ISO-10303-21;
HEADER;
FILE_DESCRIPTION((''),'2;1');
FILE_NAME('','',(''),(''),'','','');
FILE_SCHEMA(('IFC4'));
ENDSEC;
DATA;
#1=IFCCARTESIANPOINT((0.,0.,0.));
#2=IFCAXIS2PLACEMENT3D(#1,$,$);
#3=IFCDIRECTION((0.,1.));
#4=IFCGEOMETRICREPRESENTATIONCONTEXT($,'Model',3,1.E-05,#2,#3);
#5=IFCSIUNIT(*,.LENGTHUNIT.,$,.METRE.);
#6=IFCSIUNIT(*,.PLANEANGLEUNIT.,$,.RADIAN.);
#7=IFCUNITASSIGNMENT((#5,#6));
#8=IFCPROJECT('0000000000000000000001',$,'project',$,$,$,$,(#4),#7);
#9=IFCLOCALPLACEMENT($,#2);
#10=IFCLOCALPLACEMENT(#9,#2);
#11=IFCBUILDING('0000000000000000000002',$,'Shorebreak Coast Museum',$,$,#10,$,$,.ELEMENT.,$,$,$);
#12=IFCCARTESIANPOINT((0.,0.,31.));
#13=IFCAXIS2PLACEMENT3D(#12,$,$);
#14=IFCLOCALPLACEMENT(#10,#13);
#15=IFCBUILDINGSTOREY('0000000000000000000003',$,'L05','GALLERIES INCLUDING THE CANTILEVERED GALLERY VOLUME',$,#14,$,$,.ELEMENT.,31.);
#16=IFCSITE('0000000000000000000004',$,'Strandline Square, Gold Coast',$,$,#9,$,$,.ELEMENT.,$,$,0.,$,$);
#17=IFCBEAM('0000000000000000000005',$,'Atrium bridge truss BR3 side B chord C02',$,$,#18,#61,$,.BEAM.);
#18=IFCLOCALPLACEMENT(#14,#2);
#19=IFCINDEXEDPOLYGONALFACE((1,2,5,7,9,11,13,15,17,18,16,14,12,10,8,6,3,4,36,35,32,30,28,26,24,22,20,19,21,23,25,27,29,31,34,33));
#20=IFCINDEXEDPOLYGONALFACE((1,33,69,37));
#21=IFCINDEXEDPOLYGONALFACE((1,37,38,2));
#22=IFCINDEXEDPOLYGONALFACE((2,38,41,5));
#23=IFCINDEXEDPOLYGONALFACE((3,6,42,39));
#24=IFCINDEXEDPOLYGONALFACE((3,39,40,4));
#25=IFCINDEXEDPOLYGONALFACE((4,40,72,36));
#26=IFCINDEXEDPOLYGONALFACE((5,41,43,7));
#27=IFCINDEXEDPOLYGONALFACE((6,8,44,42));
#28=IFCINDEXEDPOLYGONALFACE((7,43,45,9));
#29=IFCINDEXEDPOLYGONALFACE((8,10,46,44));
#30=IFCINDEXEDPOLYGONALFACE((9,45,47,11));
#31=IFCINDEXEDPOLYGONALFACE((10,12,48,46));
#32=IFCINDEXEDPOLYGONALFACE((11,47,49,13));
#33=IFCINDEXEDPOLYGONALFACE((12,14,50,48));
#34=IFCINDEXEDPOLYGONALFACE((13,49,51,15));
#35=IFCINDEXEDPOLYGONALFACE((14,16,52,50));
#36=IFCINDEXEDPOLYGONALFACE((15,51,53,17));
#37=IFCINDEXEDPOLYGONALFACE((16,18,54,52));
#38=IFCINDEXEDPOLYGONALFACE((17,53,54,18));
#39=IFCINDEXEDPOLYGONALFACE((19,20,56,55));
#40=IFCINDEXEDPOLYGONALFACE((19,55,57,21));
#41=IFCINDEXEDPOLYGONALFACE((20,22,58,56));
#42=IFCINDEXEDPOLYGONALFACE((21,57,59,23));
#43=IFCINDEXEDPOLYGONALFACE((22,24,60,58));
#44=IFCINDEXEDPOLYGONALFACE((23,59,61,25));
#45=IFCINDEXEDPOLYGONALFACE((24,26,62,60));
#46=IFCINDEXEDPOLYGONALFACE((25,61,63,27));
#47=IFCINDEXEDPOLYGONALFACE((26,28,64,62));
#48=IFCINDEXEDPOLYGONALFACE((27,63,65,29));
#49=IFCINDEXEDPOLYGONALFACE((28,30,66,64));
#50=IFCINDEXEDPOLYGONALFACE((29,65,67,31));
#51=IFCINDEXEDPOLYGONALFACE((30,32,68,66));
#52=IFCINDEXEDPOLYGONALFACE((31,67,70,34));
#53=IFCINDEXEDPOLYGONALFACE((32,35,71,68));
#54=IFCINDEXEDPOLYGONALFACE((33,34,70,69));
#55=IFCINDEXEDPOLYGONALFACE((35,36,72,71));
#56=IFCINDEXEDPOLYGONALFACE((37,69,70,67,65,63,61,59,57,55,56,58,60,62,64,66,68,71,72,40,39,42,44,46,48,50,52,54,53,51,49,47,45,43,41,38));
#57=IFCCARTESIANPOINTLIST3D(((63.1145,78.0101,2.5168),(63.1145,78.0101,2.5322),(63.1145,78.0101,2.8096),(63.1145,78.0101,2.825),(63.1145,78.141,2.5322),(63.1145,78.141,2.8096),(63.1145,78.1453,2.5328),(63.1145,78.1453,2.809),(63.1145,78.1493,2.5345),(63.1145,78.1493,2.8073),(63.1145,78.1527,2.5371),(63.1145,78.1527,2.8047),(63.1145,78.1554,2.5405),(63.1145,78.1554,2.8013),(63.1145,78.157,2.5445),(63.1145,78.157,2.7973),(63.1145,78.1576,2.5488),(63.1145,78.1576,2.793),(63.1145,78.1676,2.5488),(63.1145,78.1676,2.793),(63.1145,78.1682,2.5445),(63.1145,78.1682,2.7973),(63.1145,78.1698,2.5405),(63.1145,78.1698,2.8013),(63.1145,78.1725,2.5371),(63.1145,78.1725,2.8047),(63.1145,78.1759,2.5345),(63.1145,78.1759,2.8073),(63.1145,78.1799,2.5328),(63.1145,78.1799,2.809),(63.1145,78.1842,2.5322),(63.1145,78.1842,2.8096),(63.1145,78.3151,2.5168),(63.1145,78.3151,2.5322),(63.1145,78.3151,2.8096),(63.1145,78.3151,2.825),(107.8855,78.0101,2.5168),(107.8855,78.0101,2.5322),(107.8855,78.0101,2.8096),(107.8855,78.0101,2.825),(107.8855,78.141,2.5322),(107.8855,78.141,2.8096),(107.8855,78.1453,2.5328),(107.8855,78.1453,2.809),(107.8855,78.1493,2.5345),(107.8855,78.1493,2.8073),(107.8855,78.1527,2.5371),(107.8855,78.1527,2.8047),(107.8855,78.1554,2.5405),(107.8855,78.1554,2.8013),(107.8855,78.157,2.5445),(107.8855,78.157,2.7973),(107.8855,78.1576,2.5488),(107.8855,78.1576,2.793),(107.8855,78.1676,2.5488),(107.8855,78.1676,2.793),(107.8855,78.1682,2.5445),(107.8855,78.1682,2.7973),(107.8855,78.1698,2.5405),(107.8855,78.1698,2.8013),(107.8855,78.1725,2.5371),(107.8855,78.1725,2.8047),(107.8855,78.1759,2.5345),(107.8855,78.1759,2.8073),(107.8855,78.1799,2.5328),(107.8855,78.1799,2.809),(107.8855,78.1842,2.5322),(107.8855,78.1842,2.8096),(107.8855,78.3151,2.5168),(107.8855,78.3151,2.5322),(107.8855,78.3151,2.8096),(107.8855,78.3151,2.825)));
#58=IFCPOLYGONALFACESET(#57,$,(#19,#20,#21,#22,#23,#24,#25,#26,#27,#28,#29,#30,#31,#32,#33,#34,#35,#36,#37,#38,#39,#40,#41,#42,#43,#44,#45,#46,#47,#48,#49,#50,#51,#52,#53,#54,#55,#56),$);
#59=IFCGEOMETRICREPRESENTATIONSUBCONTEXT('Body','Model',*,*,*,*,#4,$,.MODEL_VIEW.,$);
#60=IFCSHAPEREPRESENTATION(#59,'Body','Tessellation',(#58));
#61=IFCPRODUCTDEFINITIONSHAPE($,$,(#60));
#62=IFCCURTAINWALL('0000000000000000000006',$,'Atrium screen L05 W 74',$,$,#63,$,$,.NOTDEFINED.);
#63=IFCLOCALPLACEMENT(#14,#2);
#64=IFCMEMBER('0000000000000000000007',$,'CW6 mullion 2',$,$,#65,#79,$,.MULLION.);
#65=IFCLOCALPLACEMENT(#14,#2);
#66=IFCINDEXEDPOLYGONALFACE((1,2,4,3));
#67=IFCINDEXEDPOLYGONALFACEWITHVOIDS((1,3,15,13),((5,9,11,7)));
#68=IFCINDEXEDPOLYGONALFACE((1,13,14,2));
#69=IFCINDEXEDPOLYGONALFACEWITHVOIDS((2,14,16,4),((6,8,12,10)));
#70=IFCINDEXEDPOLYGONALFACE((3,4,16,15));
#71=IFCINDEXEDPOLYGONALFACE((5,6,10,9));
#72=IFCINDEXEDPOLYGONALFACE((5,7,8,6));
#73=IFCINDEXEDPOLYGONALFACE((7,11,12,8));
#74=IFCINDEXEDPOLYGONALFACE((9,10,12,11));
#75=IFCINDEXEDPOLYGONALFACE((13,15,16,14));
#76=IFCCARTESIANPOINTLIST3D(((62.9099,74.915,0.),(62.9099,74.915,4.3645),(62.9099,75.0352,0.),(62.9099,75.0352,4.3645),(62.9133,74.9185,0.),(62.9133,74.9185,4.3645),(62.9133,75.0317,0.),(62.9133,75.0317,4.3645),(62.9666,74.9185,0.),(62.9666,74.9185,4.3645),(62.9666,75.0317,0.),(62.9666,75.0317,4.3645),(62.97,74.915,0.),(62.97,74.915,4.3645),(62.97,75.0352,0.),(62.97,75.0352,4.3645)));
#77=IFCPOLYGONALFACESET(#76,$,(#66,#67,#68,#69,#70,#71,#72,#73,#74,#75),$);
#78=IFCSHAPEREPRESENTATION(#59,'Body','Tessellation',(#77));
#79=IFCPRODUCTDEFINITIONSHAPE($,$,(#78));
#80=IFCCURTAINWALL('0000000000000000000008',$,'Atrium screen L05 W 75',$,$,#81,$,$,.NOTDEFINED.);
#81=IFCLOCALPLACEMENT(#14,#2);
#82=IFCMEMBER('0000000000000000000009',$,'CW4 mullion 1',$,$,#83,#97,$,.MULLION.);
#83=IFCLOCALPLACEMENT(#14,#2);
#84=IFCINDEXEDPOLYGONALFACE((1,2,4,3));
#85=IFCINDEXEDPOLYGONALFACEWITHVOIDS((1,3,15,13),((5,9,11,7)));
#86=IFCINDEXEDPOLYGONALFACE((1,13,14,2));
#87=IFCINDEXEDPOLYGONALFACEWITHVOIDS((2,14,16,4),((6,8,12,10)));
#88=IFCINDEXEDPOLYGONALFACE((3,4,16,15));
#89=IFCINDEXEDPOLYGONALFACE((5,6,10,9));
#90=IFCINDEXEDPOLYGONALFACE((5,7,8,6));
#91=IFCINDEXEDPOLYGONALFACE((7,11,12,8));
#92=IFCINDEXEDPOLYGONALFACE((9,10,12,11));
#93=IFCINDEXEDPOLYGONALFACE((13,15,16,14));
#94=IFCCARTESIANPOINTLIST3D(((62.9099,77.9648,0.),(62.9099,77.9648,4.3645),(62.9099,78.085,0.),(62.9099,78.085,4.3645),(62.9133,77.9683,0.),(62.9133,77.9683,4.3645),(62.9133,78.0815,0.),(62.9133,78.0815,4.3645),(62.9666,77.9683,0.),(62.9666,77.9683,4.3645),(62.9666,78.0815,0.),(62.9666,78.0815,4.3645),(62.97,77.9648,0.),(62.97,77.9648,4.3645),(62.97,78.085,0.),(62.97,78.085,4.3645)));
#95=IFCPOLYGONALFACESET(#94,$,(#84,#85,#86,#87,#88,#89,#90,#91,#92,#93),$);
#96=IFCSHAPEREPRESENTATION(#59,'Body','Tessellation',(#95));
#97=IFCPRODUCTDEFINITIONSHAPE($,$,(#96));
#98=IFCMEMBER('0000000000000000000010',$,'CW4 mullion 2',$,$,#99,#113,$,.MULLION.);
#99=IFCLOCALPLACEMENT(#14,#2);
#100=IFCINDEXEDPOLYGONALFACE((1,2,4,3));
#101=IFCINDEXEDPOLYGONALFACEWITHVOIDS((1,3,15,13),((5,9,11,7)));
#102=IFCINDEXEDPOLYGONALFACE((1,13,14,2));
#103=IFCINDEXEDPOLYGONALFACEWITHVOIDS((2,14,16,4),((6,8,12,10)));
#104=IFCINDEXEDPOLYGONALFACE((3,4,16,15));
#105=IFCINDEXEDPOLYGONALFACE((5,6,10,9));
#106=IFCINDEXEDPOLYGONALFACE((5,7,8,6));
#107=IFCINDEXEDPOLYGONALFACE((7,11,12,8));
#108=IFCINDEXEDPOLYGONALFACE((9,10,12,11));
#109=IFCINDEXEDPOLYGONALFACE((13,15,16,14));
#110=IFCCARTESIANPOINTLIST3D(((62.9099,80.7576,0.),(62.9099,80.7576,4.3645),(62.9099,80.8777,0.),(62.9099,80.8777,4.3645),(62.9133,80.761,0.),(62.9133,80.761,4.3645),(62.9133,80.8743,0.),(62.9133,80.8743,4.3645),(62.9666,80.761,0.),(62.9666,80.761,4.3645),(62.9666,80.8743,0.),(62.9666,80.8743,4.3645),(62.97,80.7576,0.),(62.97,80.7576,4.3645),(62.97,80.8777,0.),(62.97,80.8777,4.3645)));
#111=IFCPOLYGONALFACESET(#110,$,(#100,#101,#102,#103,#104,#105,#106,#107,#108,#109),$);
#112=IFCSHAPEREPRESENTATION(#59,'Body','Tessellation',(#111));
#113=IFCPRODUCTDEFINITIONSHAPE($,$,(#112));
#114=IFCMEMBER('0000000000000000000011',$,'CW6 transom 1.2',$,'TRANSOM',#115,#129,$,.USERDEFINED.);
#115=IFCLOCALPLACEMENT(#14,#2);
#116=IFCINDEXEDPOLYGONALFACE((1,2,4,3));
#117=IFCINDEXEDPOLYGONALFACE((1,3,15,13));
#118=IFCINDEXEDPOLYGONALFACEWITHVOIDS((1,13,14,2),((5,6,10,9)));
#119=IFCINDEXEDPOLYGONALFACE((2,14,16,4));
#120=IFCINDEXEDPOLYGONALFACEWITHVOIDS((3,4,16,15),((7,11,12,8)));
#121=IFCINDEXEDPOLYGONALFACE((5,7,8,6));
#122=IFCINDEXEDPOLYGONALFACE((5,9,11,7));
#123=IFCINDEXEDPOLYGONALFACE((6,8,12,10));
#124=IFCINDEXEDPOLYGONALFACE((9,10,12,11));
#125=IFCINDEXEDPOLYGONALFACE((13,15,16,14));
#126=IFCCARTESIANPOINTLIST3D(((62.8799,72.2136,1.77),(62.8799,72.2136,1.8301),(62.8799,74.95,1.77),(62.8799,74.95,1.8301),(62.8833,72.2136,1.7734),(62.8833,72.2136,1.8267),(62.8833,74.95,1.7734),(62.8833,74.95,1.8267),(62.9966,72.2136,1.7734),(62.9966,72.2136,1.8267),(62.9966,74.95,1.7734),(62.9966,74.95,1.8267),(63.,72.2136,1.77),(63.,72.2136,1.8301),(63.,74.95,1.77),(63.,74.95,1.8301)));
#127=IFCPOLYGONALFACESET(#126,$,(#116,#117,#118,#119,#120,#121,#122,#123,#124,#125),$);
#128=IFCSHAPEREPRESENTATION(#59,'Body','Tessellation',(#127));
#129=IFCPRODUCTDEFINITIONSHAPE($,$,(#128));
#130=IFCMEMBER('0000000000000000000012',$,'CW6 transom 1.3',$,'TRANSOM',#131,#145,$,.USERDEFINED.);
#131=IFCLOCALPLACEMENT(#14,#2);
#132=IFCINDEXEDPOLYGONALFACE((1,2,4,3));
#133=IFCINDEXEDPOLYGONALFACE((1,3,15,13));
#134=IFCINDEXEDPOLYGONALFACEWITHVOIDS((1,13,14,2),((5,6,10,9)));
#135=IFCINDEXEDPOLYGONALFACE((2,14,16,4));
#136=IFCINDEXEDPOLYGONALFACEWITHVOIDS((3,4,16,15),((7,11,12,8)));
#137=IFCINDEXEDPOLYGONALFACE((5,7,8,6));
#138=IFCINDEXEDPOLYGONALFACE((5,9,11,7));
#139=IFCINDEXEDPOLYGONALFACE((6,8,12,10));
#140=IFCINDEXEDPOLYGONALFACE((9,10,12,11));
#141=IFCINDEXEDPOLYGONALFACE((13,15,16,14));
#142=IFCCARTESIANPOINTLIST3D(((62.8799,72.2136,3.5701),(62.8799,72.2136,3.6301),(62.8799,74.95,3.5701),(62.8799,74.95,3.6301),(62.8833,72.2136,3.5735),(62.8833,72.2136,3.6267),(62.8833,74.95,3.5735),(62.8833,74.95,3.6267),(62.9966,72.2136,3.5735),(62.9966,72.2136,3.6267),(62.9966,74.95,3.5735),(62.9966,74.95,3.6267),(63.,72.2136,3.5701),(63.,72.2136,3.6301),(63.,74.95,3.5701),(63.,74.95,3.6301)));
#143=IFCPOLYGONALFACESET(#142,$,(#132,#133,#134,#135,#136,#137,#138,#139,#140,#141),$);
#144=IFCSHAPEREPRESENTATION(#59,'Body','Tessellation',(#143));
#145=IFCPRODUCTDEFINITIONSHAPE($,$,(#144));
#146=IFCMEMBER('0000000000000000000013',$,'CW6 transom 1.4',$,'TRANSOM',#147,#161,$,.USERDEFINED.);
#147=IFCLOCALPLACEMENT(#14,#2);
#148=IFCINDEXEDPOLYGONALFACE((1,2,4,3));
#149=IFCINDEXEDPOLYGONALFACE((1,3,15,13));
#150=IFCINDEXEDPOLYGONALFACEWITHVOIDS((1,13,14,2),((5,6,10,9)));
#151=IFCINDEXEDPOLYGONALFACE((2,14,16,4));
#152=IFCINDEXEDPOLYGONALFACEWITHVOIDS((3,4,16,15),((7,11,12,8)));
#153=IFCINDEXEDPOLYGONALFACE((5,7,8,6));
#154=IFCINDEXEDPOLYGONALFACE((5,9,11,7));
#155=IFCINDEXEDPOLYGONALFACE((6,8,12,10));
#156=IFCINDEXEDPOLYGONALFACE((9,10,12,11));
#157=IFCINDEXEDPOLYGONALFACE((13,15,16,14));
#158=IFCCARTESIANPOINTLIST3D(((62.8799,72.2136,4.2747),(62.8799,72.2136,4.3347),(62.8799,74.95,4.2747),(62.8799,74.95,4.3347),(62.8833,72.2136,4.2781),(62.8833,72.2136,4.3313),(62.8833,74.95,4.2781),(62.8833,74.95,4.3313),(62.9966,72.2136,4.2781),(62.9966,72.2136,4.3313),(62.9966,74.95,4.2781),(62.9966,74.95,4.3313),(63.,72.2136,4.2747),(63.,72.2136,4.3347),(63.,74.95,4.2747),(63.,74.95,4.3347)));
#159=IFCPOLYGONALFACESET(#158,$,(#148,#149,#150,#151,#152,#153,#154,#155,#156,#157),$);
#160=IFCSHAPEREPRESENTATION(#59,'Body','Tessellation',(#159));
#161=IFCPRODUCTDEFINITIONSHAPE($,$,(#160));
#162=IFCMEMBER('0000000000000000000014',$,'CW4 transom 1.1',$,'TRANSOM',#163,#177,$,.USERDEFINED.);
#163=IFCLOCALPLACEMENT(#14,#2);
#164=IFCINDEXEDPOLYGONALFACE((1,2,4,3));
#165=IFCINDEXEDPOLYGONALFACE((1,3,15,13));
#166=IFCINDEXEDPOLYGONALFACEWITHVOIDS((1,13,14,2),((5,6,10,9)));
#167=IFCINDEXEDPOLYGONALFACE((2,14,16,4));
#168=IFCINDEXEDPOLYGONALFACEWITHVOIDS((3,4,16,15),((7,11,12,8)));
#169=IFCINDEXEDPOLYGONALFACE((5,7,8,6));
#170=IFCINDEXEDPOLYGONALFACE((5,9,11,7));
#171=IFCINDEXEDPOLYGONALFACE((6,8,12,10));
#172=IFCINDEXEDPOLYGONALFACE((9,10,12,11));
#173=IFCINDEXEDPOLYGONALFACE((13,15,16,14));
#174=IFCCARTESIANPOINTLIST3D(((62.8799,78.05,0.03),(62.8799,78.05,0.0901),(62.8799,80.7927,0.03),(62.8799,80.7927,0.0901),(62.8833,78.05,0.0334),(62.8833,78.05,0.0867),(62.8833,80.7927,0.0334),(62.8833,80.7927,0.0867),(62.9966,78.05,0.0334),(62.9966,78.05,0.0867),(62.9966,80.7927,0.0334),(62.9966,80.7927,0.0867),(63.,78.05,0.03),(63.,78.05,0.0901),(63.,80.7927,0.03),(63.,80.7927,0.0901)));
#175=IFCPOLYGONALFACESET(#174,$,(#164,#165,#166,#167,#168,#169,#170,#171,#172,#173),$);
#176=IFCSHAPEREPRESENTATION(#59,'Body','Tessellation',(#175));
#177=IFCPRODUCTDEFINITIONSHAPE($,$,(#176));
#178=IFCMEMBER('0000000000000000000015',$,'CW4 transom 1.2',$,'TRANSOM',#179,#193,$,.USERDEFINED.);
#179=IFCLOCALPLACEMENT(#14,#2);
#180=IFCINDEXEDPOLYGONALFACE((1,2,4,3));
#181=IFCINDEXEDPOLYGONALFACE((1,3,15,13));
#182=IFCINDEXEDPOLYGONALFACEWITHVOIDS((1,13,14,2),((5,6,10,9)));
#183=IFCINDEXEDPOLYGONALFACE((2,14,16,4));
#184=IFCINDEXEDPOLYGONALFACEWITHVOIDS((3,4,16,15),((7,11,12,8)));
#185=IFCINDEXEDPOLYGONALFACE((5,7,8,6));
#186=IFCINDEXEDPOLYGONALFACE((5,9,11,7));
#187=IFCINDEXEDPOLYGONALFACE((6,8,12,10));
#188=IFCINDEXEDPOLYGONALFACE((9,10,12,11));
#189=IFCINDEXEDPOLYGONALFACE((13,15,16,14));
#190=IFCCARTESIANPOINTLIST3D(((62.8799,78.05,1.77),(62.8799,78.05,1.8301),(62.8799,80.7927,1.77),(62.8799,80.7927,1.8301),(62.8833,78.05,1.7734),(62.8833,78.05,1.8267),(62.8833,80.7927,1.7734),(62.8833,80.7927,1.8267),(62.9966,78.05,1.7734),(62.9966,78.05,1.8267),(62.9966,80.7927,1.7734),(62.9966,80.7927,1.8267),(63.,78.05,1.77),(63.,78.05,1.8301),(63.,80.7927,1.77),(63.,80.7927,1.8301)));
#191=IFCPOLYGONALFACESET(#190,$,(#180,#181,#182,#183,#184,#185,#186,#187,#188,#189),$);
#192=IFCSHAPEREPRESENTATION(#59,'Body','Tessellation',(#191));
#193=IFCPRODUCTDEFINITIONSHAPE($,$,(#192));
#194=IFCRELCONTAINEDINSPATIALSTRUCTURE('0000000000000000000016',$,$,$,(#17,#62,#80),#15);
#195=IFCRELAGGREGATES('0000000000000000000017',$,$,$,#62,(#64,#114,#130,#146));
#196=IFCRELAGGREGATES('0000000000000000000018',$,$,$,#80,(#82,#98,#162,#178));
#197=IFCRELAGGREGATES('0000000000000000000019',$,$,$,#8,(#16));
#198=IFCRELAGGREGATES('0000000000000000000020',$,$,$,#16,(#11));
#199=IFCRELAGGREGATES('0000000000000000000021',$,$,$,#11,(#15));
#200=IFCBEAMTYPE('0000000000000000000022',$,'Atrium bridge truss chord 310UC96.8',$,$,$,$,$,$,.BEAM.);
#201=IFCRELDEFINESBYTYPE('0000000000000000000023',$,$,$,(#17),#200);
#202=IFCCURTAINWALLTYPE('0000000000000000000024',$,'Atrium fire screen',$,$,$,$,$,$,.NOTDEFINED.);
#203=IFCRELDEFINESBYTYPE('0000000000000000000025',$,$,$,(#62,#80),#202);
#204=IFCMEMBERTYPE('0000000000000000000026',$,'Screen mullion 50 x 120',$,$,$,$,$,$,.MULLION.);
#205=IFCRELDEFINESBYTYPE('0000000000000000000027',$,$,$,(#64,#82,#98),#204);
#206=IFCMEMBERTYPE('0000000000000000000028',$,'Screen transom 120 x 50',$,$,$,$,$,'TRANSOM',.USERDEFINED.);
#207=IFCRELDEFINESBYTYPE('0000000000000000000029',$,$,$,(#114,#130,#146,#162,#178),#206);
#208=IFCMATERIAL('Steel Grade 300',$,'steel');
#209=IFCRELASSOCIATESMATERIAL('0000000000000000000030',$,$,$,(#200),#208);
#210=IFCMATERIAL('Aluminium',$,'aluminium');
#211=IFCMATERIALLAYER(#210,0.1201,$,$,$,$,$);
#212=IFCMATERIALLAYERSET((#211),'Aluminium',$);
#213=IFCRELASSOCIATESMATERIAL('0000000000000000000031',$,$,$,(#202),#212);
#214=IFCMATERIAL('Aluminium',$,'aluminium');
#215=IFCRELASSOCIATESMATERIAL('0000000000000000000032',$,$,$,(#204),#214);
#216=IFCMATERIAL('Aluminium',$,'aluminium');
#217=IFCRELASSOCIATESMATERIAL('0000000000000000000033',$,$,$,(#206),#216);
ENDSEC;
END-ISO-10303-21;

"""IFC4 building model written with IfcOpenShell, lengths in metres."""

from ifc_helpers import new_model, si_unit, direction, frame, origin, origin_2d, place, context, subcontext, project, spatial, hollow_rectangle, i_section, extrude, material, layer, layer_set, material_profile, profile_set, type_object, element, aggregate, save


model = new_model("IFC4")

# Units and contexts
model_context = context("Model", 3, precision=1e-05, world=origin(), true_north=direction((0.0, 1.0)))
body_context = subcontext(model_context, "Body", "Model", "MODEL_VIEW")
ifc_project = project(units=[si_unit("LENGTHUNIT", "METRE"), si_unit("PLANEANGLEUNIT", "RADIAN")], contexts=[model_context])

# Site, building, storey
site_placement = place(None, origin())
site = spatial("IfcSite", under=ifc_project, at=site_placement, Name="Strandline Square, Gold Coast", CompositionType="ELEMENT", RefElevation=0.0)
building_placement = place(site_placement, origin())
building = spatial("IfcBuilding", under=site, at=building_placement, Name="Shorebreak Coast Museum", CompositionType="ELEMENT")
storey_placement = place(building_placement, frame((0.0, 0.0, 31.0)))
storey = spatial("IfcBuildingStorey", under=building, at=storey_placement, Name="L05", Description="GALLERIES INCLUDING THE CANTILEVERED GALLERY VOLUME", CompositionType="ELEMENT", Elevation=31.0)

# Beam
ifc_material_1 = material(Name="Steel Grade 300", Category="steel")
ifc_material_profile_1 = material_profile(ifc_material_1, i_section(OverallWidth=0.3049, OverallDepth=0.3081, WebThickness=0.01, FlangeThickness=0.0154, FilletRadius=0.0166, at=origin_2d()), Name="310UC96.8")
ifc_profile_set_1 = profile_set([ifc_material_profile_1], Name="Steel Grade 300")
beam_type = type_object("IfcBeamType", Name="Atrium bridge truss chord 310UC96.8", PredefinedType="BEAM", material=ifc_profile_set_1)
for number, where, z_axis, x_axis, name in (
    (1, (63.1145, 78.1626, 2.6709), (1.0, 0.0, 0.0), (0.0, 1.0, 0.0), "Atrium bridge truss BR3 side B chord C02"),
):
    element("IfcBeam", number, at=place(storey_placement, frame(where, z_axis=z_axis, x_axis=x_axis)), inside=storey, type_object=beam_type, Name=name, PredefinedType="BEAM", context=body_context, shape_type="SweptSolid", body=[
        extrude(i_section(OverallWidth=0.3049, OverallDepth=0.3081, WebThickness=0.01, FlangeThickness=0.0154, FilletRadius=0.0166, at=origin_2d()), origin(), (0.0, 0.0, 1.0), 44.771),
    ])

# Curtain wall, member
ifc_material_2 = material(Name="Aluminium", Category="aluminium")
ifc_layer_1 = layer(ifc_material_2, 0.1201)
ifc_layer_set_1 = layer_set([ifc_layer_1], Name="Aluminium")
curtain_wall_type = type_object("IfcCurtainWallType", Name="Atrium fire screen", PredefinedType="NOTDEFINED", material=ifc_layer_set_1)
curtain_wall_1_placement = place(storey_placement, origin())
curtain_wall_1 = element("IfcCurtainWall", 2, at=curtain_wall_1_placement, inside=storey, type_object=curtain_wall_type, Name="Atrium screen L05 W 74", PredefinedType="NOTDEFINED")
ifc_material_3 = material(Name="Aluminium", Category="aluminium")
ifc_material_profile_2 = material_profile(ifc_material_3, hollow_rectangle(XDim=0.0601, YDim=0.1201, WallThickness=0.0034, at=origin_2d()), Name="AL 120x60 RHS")
ifc_profile_set_2 = profile_set([ifc_material_profile_2], Name="Aluminium")
member_type_1 = type_object("IfcMemberType", Name="Screen mullion 50 x 120", PredefinedType="MULLION", material=ifc_profile_set_2)
member_1_placement = place(storey_placement, frame((62.9399, 74.9751, 0.0), z_axis=(0.0, 0.0, 1.0), x_axis=(-1.0, 0.0, 0.0)))
member_1 = element("IfcMember", 3, at=member_1_placement, type_object=member_type_1, Name="CW6 mullion 2", PredefinedType="MULLION", context=body_context, shape_type="SweptSolid", body=[
    extrude(hollow_rectangle(XDim=0.0601, YDim=0.1201, WallThickness=0.0034, at=origin_2d()), origin(), (0.0, 0.0, 1.0), 4.3645),
])

# Curtain wall, members
curtain_wall_2_placement = place(storey_placement, origin())
curtain_wall_2 = element("IfcCurtainWall", 4, at=curtain_wall_2_placement, inside=storey, type_object=curtain_wall_type, Name="Atrium screen L05 W 75", PredefinedType="NOTDEFINED")
member_2_placement = place(storey_placement, frame((62.9399, 78.0249, 0.0), z_axis=(0.0, 0.0, 1.0), x_axis=(-1.0, 0.0, 0.0)))
member_2 = element("IfcMember", 5, at=member_2_placement, type_object=member_type_1, Name="CW4 mullion 1", PredefinedType="MULLION", context=body_context, shape_type="SweptSolid", body=[
    extrude(hollow_rectangle(XDim=0.0601, YDim=0.1201, WallThickness=0.0034, at=origin_2d()), origin(), (0.0, 0.0, 1.0), 4.3645),
])
member_3_placement = place(storey_placement, frame((62.9399, 80.8176, 0.0), z_axis=(0.0, 0.0, 1.0), x_axis=(-1.0, 0.0, 0.0)))
member_3 = element("IfcMember", 6, at=member_3_placement, type_object=member_type_1, Name="CW4 mullion 2", PredefinedType="MULLION", context=body_context, shape_type="SweptSolid", body=[
    extrude(hollow_rectangle(XDim=0.0601, YDim=0.1201, WallThickness=0.0034, at=origin_2d()), origin(), (0.0, 0.0, 1.0), 4.3645),
])

# Members
ifc_material_4 = material(Name="Aluminium", Category="aluminium")
ifc_material_profile_3 = material_profile(ifc_material_4, hollow_rectangle(XDim=0.1201, YDim=0.0601, WallThickness=0.0034, at=origin_2d()), Name="AL 60x120 RHS")
ifc_profile_set_3 = profile_set([ifc_material_profile_3], Name="Aluminium")
member_type_2 = type_object("IfcMemberType", Name="Screen transom 120 x 50", ElementType="TRANSOM", PredefinedType="USERDEFINED", material=ifc_profile_set_3)
member_4_placement = place(storey_placement, frame((62.9399, 72.2136, 1.8), z_axis=(0.0, 1.0, 0.0), x_axis=(-1.0, 0.0, 0.0)))
member_4 = element("IfcMember", 7, at=member_4_placement, type_object=member_type_2, Name="CW6 transom 1.2", ObjectType="TRANSOM", PredefinedType="USERDEFINED", context=body_context, shape_type="SweptSolid", body=[
    extrude(hollow_rectangle(XDim=0.1201, YDim=0.0601, WallThickness=0.0034, at=origin_2d()), origin(), (0.0, 0.0, 1.0), 2.7363),
])
member_5_placement = place(storey_placement, frame((62.9399, 72.2136, 3.6001), z_axis=(0.0, 1.0, 0.0), x_axis=(-1.0, 0.0, 0.0)))
member_5 = element("IfcMember", 8, at=member_5_placement, type_object=member_type_2, Name="CW6 transom 1.3", ObjectType="TRANSOM", PredefinedType="USERDEFINED", context=body_context, shape_type="SweptSolid", body=[
    extrude(hollow_rectangle(XDim=0.1201, YDim=0.0601, WallThickness=0.0034, at=origin_2d()), origin(), (0.0, 0.0, 1.0), 2.7363),
])
member_6_placement = place(storey_placement, frame((62.9399, 72.2136, 4.3047), z_axis=(0.0, 1.0, 0.0), x_axis=(-1.0, 0.0, 0.0)))
member_6 = element("IfcMember", 9, at=member_6_placement, type_object=member_type_2, Name="CW6 transom 1.4", ObjectType="TRANSOM", PredefinedType="USERDEFINED", context=body_context, shape_type="SweptSolid", body=[
    extrude(hollow_rectangle(XDim=0.1201, YDim=0.0601, WallThickness=0.0034, at=origin_2d()), origin(), (0.0, 0.0, 1.0), 2.7363),
])
member_7_placement = place(storey_placement, frame((62.9399, 78.05, 0.0601), z_axis=(0.0, 1.0, 0.0), x_axis=(-1.0, 0.0, 0.0)))
member_7 = element("IfcMember", 10, at=member_7_placement, type_object=member_type_2, Name="CW4 transom 1.1", ObjectType="TRANSOM", PredefinedType="USERDEFINED", context=body_context, shape_type="SweptSolid", body=[
    extrude(hollow_rectangle(XDim=0.1201, YDim=0.0601, WallThickness=0.0034, at=origin_2d()), origin(), (0.0, 0.0, 1.0), 2.7427),
])
member_8_placement = place(storey_placement, frame((62.9399, 78.05, 1.8), z_axis=(0.0, 1.0, 0.0), x_axis=(-1.0, 0.0, 0.0)))
member_8 = element("IfcMember", 11, at=member_8_placement, type_object=member_type_2, Name="CW4 transom 1.2", ObjectType="TRANSOM", PredefinedType="USERDEFINED", context=body_context, shape_type="SweptSolid", body=[
    extrude(hollow_rectangle(XDim=0.1201, YDim=0.0601, WallThickness=0.0034, at=origin_2d()), origin(), (0.0, 0.0, 1.0), 2.7427),
])

aggregate(curtain_wall_1, [member_1, member_4, member_5, member_6])
aggregate(curtain_wall_2, [member_2, member_3, member_7, member_8])

save(model, "model.ifc")
